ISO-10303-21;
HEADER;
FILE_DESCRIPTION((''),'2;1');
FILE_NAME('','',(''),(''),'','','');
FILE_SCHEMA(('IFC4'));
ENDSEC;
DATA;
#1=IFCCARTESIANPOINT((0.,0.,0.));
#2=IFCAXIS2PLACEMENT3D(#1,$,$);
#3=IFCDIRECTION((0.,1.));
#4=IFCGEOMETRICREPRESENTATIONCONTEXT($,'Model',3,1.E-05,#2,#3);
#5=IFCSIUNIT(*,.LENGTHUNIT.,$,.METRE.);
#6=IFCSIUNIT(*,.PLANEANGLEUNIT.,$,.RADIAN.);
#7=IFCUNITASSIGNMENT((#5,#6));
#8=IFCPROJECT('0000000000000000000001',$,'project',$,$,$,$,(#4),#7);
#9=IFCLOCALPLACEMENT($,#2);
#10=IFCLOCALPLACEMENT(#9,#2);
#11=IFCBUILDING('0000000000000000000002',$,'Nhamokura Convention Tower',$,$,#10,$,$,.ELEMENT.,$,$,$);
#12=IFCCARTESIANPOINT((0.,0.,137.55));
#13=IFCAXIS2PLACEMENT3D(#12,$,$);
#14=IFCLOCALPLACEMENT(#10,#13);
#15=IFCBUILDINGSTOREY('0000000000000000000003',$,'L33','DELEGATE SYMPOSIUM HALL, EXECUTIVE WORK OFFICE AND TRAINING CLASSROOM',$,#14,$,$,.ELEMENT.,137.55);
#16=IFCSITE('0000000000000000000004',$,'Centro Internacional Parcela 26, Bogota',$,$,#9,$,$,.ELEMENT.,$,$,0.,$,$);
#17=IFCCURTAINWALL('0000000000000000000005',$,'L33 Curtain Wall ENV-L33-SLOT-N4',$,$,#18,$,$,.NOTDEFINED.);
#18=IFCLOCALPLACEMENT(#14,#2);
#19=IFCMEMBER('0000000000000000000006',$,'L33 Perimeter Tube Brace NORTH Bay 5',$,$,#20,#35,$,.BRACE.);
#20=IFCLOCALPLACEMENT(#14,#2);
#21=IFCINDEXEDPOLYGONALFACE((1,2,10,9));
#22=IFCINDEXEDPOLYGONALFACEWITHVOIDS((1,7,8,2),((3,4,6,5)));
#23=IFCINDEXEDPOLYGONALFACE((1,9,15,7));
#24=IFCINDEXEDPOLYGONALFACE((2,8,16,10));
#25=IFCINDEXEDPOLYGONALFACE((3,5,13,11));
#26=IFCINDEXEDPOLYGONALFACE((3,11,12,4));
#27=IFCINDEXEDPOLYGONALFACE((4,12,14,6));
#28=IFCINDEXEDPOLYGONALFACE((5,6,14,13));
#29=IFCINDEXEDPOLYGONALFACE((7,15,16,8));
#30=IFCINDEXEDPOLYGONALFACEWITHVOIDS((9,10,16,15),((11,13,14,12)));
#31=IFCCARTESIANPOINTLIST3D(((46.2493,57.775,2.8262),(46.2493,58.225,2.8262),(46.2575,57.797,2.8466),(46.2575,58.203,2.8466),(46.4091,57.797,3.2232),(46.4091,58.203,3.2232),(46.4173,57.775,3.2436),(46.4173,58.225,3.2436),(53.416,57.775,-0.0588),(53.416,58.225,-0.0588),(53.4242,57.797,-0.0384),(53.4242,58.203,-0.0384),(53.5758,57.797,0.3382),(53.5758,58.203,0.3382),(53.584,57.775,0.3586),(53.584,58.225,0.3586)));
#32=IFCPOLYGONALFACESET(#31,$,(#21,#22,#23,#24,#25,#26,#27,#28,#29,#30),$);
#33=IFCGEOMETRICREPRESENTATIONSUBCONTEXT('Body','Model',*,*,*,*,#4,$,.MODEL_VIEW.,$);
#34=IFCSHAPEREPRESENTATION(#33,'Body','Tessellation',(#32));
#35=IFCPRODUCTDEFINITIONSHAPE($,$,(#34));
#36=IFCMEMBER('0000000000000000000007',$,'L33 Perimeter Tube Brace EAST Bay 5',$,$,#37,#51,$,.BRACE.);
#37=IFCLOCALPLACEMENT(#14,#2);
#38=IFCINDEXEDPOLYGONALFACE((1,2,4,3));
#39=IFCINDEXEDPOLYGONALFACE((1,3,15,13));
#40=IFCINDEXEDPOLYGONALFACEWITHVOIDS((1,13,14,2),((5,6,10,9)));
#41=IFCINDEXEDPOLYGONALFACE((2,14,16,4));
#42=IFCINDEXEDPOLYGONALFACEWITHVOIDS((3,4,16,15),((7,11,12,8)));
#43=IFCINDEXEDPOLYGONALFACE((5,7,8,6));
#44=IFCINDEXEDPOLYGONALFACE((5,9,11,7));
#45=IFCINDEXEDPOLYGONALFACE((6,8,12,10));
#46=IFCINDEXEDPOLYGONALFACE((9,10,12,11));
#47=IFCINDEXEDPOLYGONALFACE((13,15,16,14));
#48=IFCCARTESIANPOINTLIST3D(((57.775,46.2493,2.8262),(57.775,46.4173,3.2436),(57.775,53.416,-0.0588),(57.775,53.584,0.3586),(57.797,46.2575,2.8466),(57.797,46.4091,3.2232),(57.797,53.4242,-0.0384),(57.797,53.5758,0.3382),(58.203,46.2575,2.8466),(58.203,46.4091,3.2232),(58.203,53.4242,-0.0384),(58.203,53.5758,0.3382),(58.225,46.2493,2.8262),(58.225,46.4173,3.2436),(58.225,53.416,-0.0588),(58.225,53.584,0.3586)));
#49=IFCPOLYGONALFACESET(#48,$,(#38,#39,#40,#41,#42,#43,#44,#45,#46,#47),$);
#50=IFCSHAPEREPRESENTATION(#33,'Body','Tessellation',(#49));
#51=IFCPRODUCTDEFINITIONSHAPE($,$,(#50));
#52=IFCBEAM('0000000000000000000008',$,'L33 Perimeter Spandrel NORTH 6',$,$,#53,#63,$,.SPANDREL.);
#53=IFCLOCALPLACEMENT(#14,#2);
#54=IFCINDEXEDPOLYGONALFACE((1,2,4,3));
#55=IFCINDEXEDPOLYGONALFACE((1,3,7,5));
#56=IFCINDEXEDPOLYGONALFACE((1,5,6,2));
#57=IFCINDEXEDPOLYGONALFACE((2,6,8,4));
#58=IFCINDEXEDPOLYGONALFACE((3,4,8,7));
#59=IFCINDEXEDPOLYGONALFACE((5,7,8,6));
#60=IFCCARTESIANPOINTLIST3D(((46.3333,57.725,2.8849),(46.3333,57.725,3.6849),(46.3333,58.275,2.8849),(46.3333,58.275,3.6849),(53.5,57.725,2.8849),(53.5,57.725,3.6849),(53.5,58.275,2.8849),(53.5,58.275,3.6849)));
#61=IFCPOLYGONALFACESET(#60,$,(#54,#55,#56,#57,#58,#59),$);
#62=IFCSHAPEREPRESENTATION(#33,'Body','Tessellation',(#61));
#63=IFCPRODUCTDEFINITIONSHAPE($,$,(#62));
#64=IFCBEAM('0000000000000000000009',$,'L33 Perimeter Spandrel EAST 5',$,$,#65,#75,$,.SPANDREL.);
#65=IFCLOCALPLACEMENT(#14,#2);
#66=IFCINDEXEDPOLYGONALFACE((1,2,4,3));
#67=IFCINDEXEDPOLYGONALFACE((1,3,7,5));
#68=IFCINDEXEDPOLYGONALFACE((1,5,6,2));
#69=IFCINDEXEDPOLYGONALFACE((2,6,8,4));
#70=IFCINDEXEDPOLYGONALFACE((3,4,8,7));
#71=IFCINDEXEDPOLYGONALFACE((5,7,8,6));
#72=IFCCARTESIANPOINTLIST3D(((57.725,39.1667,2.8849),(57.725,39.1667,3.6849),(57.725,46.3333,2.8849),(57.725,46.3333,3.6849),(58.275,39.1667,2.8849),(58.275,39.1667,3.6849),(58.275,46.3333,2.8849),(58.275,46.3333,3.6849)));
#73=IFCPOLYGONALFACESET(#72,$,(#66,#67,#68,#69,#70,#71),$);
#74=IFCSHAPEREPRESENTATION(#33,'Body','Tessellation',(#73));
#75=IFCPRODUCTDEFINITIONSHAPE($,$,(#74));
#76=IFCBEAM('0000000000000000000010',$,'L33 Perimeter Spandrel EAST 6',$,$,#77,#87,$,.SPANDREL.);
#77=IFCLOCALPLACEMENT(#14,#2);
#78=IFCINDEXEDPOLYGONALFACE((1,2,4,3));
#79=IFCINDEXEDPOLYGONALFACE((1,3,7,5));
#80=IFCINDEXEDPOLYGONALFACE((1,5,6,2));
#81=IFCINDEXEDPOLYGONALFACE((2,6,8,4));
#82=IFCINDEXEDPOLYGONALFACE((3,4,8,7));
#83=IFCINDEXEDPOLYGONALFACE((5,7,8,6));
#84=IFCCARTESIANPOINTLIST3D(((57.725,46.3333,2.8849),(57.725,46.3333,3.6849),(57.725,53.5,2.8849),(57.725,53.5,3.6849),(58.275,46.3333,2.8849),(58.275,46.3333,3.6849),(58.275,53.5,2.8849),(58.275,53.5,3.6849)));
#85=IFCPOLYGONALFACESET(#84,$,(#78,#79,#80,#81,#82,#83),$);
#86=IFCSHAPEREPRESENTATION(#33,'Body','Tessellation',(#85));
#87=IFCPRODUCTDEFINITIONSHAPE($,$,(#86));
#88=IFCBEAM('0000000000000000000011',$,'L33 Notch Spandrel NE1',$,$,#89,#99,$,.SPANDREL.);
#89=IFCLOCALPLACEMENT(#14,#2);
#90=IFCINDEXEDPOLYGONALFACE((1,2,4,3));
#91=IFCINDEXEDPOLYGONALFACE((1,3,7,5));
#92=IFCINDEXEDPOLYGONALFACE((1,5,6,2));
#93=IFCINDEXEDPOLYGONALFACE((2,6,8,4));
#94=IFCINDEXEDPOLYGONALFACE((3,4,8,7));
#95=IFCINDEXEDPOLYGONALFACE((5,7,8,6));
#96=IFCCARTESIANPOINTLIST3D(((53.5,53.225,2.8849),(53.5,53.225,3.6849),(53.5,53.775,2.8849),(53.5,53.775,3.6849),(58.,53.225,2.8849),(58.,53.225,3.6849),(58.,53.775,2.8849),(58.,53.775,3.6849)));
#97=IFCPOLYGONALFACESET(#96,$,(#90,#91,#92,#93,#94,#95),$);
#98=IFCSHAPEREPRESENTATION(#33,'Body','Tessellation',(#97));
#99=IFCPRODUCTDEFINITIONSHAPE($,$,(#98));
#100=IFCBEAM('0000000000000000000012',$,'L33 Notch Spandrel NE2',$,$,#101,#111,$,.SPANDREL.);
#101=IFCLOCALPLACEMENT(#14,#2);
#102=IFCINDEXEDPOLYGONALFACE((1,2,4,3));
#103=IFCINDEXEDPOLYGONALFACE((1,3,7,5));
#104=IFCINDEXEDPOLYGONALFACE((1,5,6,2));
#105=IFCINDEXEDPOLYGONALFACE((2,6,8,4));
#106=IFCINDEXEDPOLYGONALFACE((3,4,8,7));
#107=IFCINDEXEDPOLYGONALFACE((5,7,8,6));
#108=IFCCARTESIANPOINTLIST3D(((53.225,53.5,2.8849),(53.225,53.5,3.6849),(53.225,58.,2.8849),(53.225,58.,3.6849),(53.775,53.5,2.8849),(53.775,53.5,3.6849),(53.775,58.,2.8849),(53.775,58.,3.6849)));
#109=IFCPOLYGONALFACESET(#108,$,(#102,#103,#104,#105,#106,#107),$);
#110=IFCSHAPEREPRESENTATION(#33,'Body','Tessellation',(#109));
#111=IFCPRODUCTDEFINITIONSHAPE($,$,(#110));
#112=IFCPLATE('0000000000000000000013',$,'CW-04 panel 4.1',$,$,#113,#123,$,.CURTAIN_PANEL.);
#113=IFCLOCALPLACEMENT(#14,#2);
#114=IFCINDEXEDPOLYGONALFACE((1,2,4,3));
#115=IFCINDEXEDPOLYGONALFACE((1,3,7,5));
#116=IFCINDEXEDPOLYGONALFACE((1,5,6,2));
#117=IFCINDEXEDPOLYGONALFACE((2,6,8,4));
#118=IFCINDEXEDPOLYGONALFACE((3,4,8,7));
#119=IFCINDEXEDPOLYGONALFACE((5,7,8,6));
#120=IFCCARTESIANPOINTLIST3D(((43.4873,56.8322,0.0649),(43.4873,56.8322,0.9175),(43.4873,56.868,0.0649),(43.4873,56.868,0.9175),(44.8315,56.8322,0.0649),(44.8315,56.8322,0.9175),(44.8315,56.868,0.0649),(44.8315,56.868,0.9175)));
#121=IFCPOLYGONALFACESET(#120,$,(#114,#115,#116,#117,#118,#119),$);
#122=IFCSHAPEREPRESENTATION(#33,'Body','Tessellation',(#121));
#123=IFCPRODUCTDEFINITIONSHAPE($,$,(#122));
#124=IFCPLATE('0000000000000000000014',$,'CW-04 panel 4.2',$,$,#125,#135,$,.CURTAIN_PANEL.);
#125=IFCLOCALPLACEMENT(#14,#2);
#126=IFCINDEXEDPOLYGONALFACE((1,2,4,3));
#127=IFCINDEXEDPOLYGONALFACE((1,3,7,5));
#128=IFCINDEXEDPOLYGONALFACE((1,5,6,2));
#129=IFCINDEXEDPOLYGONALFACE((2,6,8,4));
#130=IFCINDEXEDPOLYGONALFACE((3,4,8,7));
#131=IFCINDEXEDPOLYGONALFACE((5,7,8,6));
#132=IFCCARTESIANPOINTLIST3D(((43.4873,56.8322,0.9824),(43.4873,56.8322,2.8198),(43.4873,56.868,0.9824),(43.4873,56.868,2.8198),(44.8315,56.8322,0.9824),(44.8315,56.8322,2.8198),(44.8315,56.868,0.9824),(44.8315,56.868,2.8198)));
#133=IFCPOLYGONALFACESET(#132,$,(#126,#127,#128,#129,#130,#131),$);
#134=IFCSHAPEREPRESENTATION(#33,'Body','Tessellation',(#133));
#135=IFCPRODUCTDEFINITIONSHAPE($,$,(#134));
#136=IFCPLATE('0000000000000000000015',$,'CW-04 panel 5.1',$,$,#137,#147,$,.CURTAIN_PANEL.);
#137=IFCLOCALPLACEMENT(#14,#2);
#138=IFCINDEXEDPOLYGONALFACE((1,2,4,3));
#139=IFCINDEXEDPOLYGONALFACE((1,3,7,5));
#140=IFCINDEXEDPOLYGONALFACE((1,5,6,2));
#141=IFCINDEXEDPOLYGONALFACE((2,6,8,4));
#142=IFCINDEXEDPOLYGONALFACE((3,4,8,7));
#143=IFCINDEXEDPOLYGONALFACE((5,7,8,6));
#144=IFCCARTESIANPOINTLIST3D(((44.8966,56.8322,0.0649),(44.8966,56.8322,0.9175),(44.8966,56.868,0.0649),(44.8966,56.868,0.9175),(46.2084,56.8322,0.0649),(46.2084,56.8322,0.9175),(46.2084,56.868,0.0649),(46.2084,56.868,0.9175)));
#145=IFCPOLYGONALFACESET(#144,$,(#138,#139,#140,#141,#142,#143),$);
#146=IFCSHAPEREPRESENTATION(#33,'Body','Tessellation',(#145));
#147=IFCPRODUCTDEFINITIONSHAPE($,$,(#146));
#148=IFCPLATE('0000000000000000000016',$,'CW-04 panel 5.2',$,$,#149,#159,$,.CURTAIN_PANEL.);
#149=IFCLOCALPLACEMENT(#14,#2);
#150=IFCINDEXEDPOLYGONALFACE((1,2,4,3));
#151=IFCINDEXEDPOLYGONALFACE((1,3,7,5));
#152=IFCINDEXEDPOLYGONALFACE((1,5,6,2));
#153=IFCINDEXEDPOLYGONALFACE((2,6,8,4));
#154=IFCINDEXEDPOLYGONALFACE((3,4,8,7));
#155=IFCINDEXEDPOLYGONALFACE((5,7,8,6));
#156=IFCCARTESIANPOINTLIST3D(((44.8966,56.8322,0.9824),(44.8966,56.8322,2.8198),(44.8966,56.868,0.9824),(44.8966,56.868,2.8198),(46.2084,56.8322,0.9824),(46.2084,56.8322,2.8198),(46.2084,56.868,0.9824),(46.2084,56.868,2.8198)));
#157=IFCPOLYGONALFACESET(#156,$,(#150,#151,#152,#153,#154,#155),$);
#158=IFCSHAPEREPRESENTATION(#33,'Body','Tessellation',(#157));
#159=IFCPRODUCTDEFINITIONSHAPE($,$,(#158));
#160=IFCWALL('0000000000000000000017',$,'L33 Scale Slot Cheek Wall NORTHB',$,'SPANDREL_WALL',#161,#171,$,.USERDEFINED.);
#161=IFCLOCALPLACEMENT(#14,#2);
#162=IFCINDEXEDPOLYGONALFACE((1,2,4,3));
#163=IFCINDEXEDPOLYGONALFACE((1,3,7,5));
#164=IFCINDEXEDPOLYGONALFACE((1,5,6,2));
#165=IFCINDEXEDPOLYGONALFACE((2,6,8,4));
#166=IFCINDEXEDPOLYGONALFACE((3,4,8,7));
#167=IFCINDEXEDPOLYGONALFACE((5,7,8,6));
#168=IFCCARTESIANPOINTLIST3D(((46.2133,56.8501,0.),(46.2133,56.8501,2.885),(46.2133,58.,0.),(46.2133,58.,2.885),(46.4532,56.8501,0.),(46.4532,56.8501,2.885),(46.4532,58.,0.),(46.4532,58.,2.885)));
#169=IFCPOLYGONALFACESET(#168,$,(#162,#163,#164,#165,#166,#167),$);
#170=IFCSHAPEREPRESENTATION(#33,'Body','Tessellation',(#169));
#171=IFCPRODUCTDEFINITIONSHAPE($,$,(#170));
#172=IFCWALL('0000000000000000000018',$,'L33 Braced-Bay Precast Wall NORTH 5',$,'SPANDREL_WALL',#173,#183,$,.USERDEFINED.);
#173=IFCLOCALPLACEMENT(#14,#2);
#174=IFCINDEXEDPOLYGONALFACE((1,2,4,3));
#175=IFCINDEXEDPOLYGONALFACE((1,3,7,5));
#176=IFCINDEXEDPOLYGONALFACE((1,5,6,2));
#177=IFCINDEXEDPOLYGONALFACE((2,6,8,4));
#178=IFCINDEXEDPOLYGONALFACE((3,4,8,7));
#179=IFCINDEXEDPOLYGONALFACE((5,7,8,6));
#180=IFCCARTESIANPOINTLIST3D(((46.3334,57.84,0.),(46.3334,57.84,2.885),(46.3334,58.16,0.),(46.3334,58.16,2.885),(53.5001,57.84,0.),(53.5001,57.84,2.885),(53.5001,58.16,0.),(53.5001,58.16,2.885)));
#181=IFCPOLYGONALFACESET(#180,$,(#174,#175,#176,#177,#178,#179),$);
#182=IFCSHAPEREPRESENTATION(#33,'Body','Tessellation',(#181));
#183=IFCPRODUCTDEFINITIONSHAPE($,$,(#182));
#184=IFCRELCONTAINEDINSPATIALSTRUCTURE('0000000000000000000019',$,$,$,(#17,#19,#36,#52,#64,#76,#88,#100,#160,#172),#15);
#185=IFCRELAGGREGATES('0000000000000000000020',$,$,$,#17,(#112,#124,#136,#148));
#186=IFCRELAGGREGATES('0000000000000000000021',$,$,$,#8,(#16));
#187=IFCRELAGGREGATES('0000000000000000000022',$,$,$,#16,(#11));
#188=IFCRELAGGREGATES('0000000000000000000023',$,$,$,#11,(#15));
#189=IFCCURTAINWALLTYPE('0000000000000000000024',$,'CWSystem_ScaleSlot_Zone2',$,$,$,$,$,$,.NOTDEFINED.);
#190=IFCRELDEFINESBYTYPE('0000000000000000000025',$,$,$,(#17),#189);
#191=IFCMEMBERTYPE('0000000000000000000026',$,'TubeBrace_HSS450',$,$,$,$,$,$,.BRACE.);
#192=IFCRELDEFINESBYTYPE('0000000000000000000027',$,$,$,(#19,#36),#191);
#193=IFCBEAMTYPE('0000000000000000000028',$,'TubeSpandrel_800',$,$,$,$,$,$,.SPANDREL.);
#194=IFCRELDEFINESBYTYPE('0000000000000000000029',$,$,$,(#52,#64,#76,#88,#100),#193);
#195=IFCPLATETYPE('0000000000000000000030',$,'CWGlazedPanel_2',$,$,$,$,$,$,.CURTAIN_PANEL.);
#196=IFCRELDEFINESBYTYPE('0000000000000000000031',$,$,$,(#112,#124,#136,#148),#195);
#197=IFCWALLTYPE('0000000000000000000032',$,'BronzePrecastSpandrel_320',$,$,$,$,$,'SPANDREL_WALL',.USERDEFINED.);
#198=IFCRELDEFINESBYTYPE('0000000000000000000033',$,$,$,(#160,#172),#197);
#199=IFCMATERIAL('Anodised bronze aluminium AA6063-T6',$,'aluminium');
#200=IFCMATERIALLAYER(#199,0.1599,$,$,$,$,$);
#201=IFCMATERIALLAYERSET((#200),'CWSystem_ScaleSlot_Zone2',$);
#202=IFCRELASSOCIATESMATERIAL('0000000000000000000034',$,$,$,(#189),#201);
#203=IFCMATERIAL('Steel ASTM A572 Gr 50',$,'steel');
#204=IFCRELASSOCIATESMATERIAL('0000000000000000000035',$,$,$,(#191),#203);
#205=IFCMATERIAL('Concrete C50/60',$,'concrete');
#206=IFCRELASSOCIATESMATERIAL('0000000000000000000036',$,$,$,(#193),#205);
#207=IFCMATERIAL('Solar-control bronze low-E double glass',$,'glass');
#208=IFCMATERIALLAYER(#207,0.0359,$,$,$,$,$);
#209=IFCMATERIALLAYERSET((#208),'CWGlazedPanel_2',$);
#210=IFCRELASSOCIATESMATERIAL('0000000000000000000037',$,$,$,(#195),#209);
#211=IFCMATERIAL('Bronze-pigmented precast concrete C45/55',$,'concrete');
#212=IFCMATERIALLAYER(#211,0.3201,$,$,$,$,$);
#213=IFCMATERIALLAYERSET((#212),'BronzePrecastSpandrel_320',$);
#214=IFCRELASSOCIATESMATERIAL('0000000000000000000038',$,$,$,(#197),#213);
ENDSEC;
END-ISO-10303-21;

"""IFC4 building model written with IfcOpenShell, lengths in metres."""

from ifc_helpers import new_model, si_unit, direction, frame, frame_2d, origin, origin_2d, place, context, subcontext, project, spatial, rectangle, hollow_rectangle, extrude, material, layer, layer_set, material_profile, profile_set, type_object, element, aggregate, save


model = new_model("IFC4")

# Units and contexts
model_context = context("Model", 3, precision=1e-05, world=origin(), true_north=direction((0.0, 1.0)))
body_context = subcontext(model_context, "Body", "Model", "MODEL_VIEW")
ifc_project = project(units=[si_unit("LENGTHUNIT", "METRE"), si_unit("PLANEANGLEUNIT", "RADIAN")], contexts=[model_context])

# Site, building, storey
site_placement = place(None, origin())
site = spatial("IfcSite", under=ifc_project, at=site_placement, Name="Centro Internacional Parcela 26, Bogota", CompositionType="ELEMENT", RefElevation=0.0)
building_placement = place(site_placement, origin())
building = spatial("IfcBuilding", under=site, at=building_placement, Name="Nhamokura Convention Tower", CompositionType="ELEMENT")
storey_placement = place(building_placement, frame((0.0, 0.0, 137.55)))
storey = spatial("IfcBuildingStorey", under=building, at=storey_placement, Name="L33", Description="DELEGATE SYMPOSIUM HALL, EXECUTIVE WORK OFFICE AND TRAINING CLASSROOM", CompositionType="ELEMENT", Elevation=137.55)

# Curtain wall
ifc_material_1 = material(Name="Anodised bronze aluminium AA6063-T6", Category="aluminium")
ifc_layer_1 = layer(ifc_material_1, 0.1599)
ifc_layer_set_1 = layer_set([ifc_layer_1], Name="CWSystem_ScaleSlot_Zone2")
curtain_wall_type = type_object("IfcCurtainWallType", Name="CWSystem_ScaleSlot_Zone2", PredefinedType="NOTDEFINED", material=ifc_layer_set_1)
curtain_wall_placement = place(storey_placement, origin())
curtain_wall = element("IfcCurtainWall", 1, at=curtain_wall_placement, inside=storey, type_object=curtain_wall_type, Name="L33 Curtain Wall ENV-L33-SLOT-N4", PredefinedType="NOTDEFINED")

# Members
ifc_material_2 = material(Name="Steel ASTM A572 Gr 50", Category="steel")
ifc_material_profile_1 = material_profile(ifc_material_2, hollow_rectangle(XDim=0.45, YDim=0.45, WallThickness=0.022, at=origin_2d()))
ifc_profile_set_1 = profile_set([ifc_material_profile_1], Name="Steel ASTM A572 Gr 50")
member_type_1 = type_object("IfcMemberType", Name="TubeBrace_HSS450", PredefinedType="BRACE", material=ifc_profile_set_1)
for number, where, z_axis, x_axis, name in (
    (2, (53.5, 58.0, 0.1499), (-0.927657, 0.0, 0.373433), (0.0, -1.0, 0.0), "L33 Perimeter Tube Brace NORTH Bay 5"),
    (3, (58.0, 53.5, 0.1499), (0.0, -0.927657, 0.373433), (1.0, 0.0, 0.0), "L33 Perimeter Tube Brace EAST Bay 5"),
):
    element("IfcMember", number, at=place(storey_placement, frame(where, z_axis=z_axis, x_axis=x_axis)), inside=storey, type_object=member_type_1, Name=name, PredefinedType="BRACE", context=body_context, shape_type="SweptSolid", body=[
        extrude(hollow_rectangle(XDim=0.45, YDim=0.45, WallThickness=0.022, at=origin_2d()), origin(), (0.0, 0.0, 1.0), 7.7256),
    ])

# Beams
ifc_material_3 = material(Name="Concrete C50/60", Category="concrete")
ifc_material_profile_2 = material_profile(ifc_material_3, rectangle(XDim=0.55, YDim=0.8, at=origin_2d()))
ifc_profile_set_2 = profile_set([ifc_material_profile_2], Name="Concrete C50/60")
beam_type = type_object("IfcBeamType", Name="TubeSpandrel_800", PredefinedType="SPANDREL", material=ifc_profile_set_2)
beam_1_placement = place(storey_placement, frame((46.3333, 58.0, 3.2849), z_axis=(1.0, 0.0, 0.0), x_axis=(0.0, 1.0, 0.0)))
element("IfcBeam", 4, at=beam_1_placement, inside=storey, type_object=beam_type, Name="L33 Perimeter Spandrel NORTH 6", PredefinedType="SPANDREL", context=body_context, shape_type="SweptSolid", body=[
    extrude(rectangle(XDim=0.55, YDim=0.8, at=origin_2d()), origin(), (0.0, 0.0, 1.0), 7.1667),
])
beam_2_placement = place(storey_placement, frame((58.0, 39.1667, 3.2849), z_axis=(0.0, 1.0, 0.0), x_axis=(-1.0, 0.0, 0.0)))
element("IfcBeam", 5, at=beam_2_placement, inside=storey, type_object=beam_type, Name="L33 Perimeter Spandrel EAST 5", PredefinedType="SPANDREL", context=body_context, shape_type="SweptSolid", body=[
    extrude(rectangle(XDim=0.55, YDim=0.8, at=origin_2d()), origin(), (0.0, 0.0, 1.0), 7.1665),
])
beam_3_placement = place(storey_placement, frame((58.0, 46.3333, 3.2849), z_axis=(0.0, 1.0, 0.0), x_axis=(-1.0, 0.0, 0.0)))
element("IfcBeam", 6, at=beam_3_placement, inside=storey, type_object=beam_type, Name="L33 Perimeter Spandrel EAST 6", PredefinedType="SPANDREL", context=body_context, shape_type="SweptSolid", body=[
    extrude(rectangle(XDim=0.55, YDim=0.8, at=origin_2d()), origin(), (0.0, 0.0, 1.0), 7.1667),
])
for number, where, z_axis, x_axis, name in (
    (7, (58.0, 53.5, 3.2849), (-1.0, 0.0, 0.0), (0.0, -1.0, 0.0), "L33 Notch Spandrel NE1"),
    (8, (53.5, 53.5, 3.2849), (0.0, 1.0, 0.0), (-1.0, 0.0, 0.0), "L33 Notch Spandrel NE2"),
):
    element("IfcBeam", number, at=place(storey_placement, frame(where, z_axis=z_axis, x_axis=x_axis)), inside=storey, type_object=beam_type, Name=name, PredefinedType="SPANDREL", context=body_context, shape_type="SweptSolid", body=[
        extrude(rectangle(XDim=0.55, YDim=0.8, at=origin_2d()), origin(), (0.0, 0.0, 1.0), 4.5),
    ])

# Plates
ifc_material_4 = material(Name="Solar-control bronze low-E double glass", Category="glass")
ifc_layer_2 = layer(ifc_material_4, 0.0359)
ifc_layer_set_2 = layer_set([ifc_layer_2], Name="CWGlazedPanel_2")
plate_type = type_object("IfcPlateType", Name="CWGlazedPanel_2", PredefinedType="CURTAIN_PANEL", material=ifc_layer_set_2)
plate_1_placement = place(storey_placement, frame((44.1594, 56.8501, 0.0649), z_axis=(0.0, 0.0, 1.0), x_axis=(1.0, 0.0, 0.0)))
plate_1 = element("IfcPlate", 9, at=plate_1_placement, type_object=plate_type, Name="CW-04 panel 4.1", PredefinedType="CURTAIN_PANEL", context=body_context, shape_type="SweptSolid", body=[
    extrude(rectangle(XDim=1.3442, YDim=0.0359, at=origin_2d()), origin(), (0.0, 0.0, 1.0), 0.8525),
])
plate_2_placement = place(storey_placement, frame((44.1594, 56.8501, 0.9824), z_axis=(0.0, 0.0, 1.0), x_axis=(1.0, 0.0, 0.0)))
plate_2 = element("IfcPlate", 10, at=plate_2_placement, type_object=plate_type, Name="CW-04 panel 4.2", PredefinedType="CURTAIN_PANEL", context=body_context, shape_type="SweptSolid", body=[
    extrude(rectangle(XDim=1.3442, YDim=0.0359, at=origin_2d()), origin(), (0.0, 0.0, 1.0), 1.8374),
])
plate_3_placement = place(storey_placement, frame((45.5525, 56.8501, 0.0649), z_axis=(0.0, 0.0, 1.0), x_axis=(1.0, 0.0, 0.0)))
plate_3 = element("IfcPlate", 11, at=plate_3_placement, type_object=plate_type, Name="CW-04 panel 5.1", PredefinedType="CURTAIN_PANEL", context=body_context, shape_type="SweptSolid", body=[
    extrude(rectangle(XDim=1.3118, YDim=0.0359, at=origin_2d()), origin(), (0.0, 0.0, 1.0), 0.8525),
])
plate_4_placement = place(storey_placement, frame((45.5525, 56.8501, 0.9824), z_axis=(0.0, 0.0, 1.0), x_axis=(1.0, 0.0, 0.0)))
plate_4 = element("IfcPlate", 12, at=plate_4_placement, type_object=plate_type, Name="CW-04 panel 5.2", PredefinedType="CURTAIN_PANEL", context=body_context, shape_type="SweptSolid", body=[
    extrude(rectangle(XDim=1.3118, YDim=0.0359, at=origin_2d()), origin(), (0.0, 0.0, 1.0), 1.8374),
])
aggregate(curtain_wall, [plate_1, plate_2, plate_3, plate_4])

# Walls
ifc_material_5 = material(Name="Bronze-pigmented precast concrete C45/55", Category="concrete")
ifc_layer_3 = layer(ifc_material_5, 0.3201)
ifc_layer_set_3 = layer_set([ifc_layer_3], Name="BronzePrecastSpandrel_320")
wall_type_1 = type_object("IfcWallType", Name="BronzePrecastSpandrel_320", ElementType="SPANDREL_WALL", PredefinedType="USERDEFINED", material=ifc_layer_set_3)
wall_1_placement = place(storey_placement, frame((46.3333, 58.0, 0.0), z_axis=(0.0, 0.0, 1.0), x_axis=(0.0, -1.0, 0.0)))
element("IfcWall", 13, at=wall_1_placement, inside=storey, type_object=wall_type_1, Name="L33 Scale Slot Cheek Wall NORTHB", ObjectType="SPANDREL_WALL", PredefinedType="USERDEFINED", context=body_context, shape_type="SweptSolid", body=[
    extrude(rectangle(XDim=1.1499, YDim=0.24, at=frame_2d((0.575, 0.0))), origin(), (0.0, 0.0, 1.0), 2.885),
])
wall_2_placement = place(storey_placement, frame((46.3333, 58.0, 0.0), z_axis=(0.0, 0.0, 1.0), x_axis=(1.0, 0.0, 0.0)))
element("IfcWall", 14, at=wall_2_placement, inside=storey, type_object=wall_type_1, Name="L33 Braced-Bay Precast Wall NORTH 5", ObjectType="SPANDREL_WALL", PredefinedType="USERDEFINED", context=body_context, shape_type="SweptSolid", body=[
    extrude(rectangle(XDim=7.1667, YDim=0.3201, at=frame_2d((3.5835, 0.0))), origin(), (0.0, 0.0, 1.0), 2.885),
])

save(model, "model.ifc")
